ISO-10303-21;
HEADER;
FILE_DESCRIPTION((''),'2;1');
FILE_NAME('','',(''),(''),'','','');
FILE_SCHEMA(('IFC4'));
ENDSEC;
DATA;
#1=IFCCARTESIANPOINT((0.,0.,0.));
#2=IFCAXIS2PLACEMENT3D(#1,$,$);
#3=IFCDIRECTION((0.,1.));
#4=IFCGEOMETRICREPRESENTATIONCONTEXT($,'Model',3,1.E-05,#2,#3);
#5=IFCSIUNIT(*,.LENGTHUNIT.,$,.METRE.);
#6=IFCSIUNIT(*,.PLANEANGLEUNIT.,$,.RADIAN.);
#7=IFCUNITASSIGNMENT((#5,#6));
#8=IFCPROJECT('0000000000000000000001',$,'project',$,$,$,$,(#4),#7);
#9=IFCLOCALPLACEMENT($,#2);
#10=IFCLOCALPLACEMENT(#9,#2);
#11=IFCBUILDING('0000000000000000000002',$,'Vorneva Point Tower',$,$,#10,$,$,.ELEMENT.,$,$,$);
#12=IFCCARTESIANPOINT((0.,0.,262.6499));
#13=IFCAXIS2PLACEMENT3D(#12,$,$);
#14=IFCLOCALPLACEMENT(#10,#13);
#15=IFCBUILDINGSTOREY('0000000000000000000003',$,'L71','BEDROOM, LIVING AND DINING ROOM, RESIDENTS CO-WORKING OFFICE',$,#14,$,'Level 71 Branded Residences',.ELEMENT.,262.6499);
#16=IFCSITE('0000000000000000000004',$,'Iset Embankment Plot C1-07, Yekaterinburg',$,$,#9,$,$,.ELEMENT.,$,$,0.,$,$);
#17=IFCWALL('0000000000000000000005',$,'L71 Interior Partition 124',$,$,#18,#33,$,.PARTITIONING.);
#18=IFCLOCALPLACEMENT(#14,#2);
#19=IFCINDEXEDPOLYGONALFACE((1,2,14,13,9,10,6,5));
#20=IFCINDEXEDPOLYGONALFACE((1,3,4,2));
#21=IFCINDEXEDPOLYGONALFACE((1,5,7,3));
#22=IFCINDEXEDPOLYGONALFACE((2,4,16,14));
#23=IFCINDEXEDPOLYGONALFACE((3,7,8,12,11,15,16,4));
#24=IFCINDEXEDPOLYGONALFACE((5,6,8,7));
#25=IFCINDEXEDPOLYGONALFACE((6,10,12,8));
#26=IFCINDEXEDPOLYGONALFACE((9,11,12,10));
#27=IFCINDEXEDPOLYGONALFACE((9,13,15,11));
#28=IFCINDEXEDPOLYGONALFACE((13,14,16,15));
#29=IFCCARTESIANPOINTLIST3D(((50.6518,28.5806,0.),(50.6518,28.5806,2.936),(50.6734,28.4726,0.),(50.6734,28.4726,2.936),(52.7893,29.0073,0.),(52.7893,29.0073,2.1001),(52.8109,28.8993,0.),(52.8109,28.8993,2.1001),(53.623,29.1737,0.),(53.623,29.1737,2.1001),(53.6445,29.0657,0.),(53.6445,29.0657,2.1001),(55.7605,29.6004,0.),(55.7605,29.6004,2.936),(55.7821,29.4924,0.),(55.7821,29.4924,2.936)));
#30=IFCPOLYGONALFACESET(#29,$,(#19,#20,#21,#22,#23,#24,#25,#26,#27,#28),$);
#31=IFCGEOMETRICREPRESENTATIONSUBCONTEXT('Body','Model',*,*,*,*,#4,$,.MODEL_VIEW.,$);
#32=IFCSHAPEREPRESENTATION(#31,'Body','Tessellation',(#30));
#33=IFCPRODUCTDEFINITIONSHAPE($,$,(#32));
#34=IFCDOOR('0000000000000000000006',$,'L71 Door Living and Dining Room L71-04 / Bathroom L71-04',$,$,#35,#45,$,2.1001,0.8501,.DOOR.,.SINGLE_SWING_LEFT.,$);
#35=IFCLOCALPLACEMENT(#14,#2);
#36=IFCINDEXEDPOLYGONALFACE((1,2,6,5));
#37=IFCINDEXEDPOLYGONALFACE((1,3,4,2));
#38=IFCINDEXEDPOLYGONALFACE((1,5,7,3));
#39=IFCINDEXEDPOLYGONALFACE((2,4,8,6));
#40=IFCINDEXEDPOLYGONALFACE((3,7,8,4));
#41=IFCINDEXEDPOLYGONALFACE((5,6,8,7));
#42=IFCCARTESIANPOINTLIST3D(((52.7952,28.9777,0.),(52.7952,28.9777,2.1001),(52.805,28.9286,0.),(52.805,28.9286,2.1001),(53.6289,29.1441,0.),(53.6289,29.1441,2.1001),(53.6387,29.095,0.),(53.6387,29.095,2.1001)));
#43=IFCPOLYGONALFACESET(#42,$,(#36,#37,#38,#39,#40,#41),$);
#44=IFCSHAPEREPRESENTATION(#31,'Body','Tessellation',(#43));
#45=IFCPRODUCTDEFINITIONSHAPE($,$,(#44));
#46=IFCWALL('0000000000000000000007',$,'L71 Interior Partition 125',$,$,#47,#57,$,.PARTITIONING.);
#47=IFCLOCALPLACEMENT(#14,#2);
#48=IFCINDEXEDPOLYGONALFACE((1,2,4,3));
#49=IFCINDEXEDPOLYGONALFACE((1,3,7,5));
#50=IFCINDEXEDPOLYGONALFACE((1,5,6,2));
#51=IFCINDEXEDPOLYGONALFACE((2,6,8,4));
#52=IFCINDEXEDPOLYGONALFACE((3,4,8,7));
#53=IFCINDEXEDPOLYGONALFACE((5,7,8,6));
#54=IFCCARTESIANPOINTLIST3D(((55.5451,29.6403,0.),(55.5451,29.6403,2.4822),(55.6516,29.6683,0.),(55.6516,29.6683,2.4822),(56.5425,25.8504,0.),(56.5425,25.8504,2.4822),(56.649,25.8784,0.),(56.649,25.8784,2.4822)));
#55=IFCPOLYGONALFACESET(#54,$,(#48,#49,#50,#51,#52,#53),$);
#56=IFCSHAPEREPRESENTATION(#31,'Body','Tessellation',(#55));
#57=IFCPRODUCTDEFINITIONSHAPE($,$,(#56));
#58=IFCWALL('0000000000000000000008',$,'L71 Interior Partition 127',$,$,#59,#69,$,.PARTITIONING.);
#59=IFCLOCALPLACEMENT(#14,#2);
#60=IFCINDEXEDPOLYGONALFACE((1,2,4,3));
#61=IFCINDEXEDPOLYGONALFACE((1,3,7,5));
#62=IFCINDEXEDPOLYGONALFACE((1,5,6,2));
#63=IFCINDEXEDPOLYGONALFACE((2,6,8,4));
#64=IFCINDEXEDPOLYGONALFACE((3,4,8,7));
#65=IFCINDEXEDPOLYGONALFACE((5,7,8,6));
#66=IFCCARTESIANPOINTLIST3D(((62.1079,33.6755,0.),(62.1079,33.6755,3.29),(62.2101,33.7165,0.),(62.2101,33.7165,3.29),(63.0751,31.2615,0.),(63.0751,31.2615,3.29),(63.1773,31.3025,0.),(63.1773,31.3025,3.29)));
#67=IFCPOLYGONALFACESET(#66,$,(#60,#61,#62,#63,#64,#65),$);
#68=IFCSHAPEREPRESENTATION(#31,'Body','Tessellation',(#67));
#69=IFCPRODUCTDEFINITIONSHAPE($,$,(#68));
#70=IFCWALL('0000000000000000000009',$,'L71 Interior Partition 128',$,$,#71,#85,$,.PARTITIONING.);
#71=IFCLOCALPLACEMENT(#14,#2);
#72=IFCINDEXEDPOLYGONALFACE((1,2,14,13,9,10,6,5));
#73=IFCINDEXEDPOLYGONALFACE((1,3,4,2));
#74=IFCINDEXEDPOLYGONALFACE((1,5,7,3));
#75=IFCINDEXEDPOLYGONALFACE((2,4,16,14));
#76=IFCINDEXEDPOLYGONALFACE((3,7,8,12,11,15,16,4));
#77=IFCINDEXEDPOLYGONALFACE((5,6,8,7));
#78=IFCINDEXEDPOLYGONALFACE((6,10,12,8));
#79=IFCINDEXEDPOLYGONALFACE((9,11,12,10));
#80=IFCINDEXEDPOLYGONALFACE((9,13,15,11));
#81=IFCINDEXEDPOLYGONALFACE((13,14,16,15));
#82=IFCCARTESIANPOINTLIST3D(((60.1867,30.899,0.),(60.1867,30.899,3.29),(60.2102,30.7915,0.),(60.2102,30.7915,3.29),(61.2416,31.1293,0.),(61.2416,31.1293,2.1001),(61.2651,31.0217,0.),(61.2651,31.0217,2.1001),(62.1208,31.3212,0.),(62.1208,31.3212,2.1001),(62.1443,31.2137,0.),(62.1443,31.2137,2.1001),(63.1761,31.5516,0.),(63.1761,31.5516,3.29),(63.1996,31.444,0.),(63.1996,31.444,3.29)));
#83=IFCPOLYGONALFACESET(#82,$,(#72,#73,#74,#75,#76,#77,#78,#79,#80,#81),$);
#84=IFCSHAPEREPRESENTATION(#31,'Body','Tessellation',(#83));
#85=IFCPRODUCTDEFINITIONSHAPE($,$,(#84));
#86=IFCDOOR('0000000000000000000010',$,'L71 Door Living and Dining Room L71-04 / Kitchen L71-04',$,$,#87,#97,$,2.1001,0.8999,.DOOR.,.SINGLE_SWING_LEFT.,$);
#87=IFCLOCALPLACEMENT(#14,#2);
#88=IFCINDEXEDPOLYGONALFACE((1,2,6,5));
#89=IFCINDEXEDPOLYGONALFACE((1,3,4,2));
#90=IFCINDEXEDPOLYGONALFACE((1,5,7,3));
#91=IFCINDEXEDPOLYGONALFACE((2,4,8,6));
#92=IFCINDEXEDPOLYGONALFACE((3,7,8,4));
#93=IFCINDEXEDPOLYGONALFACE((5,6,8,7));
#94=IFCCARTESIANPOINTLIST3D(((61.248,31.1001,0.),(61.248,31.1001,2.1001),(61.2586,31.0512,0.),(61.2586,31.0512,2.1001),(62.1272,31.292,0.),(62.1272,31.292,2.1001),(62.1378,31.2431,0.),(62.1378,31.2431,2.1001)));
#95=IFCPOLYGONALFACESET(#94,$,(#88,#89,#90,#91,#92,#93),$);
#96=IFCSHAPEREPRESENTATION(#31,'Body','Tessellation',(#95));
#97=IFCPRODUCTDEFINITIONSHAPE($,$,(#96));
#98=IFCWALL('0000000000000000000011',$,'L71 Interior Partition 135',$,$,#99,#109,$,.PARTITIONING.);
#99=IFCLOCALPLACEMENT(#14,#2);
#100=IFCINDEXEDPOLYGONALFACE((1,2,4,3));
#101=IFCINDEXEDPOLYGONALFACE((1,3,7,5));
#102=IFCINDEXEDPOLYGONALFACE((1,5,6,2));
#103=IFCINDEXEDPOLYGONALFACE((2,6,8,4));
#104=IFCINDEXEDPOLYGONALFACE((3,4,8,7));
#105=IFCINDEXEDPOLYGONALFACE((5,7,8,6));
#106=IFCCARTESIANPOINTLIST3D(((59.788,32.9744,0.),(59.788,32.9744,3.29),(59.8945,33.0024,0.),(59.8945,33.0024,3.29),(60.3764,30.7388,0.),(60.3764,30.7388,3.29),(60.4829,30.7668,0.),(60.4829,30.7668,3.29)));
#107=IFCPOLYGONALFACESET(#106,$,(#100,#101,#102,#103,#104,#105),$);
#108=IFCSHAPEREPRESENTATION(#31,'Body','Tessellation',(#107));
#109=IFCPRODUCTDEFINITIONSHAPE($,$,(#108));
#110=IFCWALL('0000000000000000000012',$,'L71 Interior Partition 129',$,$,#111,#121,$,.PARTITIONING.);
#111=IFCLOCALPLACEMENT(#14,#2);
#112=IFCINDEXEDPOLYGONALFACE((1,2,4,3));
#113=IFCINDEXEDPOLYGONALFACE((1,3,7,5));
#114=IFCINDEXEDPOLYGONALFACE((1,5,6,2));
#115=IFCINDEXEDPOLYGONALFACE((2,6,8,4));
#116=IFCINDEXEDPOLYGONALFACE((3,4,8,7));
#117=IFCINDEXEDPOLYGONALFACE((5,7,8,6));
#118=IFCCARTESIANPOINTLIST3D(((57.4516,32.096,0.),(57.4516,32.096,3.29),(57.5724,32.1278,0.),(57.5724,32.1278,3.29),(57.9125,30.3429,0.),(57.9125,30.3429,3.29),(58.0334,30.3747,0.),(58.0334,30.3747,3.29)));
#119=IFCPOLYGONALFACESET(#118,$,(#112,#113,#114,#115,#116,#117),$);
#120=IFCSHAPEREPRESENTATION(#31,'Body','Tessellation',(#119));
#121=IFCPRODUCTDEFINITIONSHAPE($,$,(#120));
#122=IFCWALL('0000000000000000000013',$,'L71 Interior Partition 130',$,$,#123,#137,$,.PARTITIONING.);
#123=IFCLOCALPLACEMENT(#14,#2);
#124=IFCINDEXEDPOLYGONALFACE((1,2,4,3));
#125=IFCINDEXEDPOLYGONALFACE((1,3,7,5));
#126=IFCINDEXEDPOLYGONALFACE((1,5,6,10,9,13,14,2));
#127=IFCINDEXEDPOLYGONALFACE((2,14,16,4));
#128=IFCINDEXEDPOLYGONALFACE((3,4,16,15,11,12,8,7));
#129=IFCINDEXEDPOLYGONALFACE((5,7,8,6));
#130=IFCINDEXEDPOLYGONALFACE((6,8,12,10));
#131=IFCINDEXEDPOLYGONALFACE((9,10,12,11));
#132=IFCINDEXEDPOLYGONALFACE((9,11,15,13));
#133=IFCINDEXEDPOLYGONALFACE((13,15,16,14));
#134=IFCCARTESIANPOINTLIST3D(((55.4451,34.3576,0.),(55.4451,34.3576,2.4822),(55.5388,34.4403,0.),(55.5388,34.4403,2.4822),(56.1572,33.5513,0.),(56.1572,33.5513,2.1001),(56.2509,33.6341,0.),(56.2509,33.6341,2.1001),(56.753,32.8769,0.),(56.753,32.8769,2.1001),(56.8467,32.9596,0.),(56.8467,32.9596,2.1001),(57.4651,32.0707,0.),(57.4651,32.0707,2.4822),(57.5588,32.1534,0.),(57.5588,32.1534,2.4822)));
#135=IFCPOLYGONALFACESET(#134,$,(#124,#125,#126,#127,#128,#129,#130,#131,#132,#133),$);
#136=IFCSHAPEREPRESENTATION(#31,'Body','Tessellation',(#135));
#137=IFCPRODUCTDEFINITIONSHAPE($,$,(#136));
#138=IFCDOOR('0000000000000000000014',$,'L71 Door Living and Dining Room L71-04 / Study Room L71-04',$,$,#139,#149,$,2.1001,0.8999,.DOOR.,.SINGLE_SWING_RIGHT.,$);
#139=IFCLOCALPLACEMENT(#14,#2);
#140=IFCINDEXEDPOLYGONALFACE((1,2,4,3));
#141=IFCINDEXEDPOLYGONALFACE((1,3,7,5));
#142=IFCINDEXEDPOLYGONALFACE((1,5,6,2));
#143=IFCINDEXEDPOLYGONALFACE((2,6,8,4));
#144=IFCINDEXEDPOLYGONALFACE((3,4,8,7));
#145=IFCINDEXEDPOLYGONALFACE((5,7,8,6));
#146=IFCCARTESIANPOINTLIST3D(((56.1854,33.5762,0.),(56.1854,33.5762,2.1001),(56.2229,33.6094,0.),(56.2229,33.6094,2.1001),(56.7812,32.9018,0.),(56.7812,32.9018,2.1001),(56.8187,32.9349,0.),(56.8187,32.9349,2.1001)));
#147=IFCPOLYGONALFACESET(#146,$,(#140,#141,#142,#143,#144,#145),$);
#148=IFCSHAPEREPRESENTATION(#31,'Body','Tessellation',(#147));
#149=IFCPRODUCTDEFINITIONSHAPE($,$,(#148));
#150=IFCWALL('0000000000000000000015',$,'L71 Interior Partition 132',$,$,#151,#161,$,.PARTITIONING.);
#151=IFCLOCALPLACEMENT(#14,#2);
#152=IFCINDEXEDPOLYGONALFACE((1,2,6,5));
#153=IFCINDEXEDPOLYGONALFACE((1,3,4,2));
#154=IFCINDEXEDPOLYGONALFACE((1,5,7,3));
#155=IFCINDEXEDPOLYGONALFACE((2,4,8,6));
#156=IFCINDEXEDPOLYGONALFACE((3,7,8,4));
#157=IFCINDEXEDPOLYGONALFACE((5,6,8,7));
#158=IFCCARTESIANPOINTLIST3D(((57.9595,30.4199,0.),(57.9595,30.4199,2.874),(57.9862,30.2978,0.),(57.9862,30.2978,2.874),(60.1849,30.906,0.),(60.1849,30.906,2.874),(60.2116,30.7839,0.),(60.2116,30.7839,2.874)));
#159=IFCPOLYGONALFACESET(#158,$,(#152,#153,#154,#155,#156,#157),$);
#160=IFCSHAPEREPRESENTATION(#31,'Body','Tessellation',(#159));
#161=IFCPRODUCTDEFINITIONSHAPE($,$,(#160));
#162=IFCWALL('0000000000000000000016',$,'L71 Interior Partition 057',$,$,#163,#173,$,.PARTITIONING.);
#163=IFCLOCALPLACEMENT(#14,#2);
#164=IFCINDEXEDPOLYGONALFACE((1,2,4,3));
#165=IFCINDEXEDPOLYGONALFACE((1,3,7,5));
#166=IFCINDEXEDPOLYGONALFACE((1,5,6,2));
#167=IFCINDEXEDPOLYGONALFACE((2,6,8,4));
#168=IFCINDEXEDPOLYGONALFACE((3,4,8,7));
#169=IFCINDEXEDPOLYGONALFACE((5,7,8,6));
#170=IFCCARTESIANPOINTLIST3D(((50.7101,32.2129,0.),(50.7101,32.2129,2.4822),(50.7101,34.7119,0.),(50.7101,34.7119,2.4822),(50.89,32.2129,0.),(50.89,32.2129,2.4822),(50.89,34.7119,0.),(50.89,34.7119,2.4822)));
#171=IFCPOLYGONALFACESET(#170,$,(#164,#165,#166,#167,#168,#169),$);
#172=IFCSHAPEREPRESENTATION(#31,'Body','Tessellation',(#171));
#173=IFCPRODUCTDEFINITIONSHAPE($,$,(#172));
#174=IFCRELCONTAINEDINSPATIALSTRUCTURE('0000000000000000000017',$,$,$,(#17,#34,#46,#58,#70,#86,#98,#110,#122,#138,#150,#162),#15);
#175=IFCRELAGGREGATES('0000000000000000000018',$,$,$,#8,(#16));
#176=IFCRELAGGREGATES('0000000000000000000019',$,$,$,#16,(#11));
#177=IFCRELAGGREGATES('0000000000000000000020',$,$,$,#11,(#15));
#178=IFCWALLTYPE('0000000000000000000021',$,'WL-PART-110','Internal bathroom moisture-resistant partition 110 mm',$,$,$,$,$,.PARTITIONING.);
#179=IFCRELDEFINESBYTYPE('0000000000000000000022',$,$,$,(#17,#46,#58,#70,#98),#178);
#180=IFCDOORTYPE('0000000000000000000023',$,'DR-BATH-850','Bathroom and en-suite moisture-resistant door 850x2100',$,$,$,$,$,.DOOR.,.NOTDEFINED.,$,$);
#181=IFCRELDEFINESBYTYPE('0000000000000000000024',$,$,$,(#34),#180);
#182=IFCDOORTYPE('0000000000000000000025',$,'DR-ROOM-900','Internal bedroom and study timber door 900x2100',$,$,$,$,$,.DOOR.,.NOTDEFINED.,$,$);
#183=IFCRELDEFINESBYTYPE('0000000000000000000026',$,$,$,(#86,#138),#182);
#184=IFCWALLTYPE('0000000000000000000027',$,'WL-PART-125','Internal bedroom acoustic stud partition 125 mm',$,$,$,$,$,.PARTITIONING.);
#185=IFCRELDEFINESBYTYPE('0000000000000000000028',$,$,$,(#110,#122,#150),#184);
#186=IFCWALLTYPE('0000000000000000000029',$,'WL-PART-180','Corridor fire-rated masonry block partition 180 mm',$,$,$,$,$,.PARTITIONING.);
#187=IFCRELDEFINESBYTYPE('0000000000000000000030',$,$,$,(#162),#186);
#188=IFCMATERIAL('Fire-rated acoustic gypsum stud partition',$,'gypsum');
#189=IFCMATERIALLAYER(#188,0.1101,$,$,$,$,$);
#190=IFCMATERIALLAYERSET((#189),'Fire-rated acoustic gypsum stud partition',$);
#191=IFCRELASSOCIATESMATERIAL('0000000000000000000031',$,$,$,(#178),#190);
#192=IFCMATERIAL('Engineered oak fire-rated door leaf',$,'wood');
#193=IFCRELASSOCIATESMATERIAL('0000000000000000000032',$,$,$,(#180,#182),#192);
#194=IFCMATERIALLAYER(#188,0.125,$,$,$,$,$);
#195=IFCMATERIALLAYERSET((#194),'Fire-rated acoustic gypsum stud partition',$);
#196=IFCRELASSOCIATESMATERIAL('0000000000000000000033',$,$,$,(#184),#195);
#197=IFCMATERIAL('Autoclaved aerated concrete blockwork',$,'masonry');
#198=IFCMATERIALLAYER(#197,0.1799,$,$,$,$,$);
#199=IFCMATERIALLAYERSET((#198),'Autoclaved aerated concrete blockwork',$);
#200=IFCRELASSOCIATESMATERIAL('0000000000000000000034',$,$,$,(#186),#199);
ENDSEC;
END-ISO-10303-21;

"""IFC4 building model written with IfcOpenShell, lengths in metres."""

from ifc_helpers import new_model, si_unit, direction, frame, frame_2d, origin, place, context, subcontext, project, spatial, rectangle, extrude, material, layer, layer_set, type_object, element, fill, save


model = new_model("IFC4")

# Units and contexts
model_context = context("Model", 3, precision=1e-05, world=origin(), true_north=direction((0.0, 1.0)))
body_context = subcontext(model_context, "Body", "Model", "MODEL_VIEW")
ifc_project = project(units=[si_unit("LENGTHUNIT", "METRE"), si_unit("PLANEANGLEUNIT", "RADIAN")], contexts=[model_context])

# Site, building, storey
site_placement = place(None, origin())
site = spatial("IfcSite", under=ifc_project, at=site_placement, Name="Iset Embankment Plot C1-07, Yekaterinburg", CompositionType="ELEMENT", RefElevation=0.0)
building_placement = place(site_placement, origin())
building = spatial("IfcBuilding", under=site, at=building_placement, Name="Vorneva Point Tower", CompositionType="ELEMENT")
storey_placement = place(building_placement, frame((0.0, 0.0, 262.6499)))
storey = spatial("IfcBuildingStorey", under=building, at=storey_placement, Name="L71", Description="BEDROOM, LIVING AND DINING ROOM, RESIDENTS CO-WORKING OFFICE", LongName="Level 71 Branded Residences", CompositionType="ELEMENT", Elevation=262.6499)

# Wall, opening, door
ifc_material_1 = material(Name="Fire-rated acoustic gypsum stud partition", Category="gypsum")
ifc_layer_1 = layer(ifc_material_1, 0.1101)
ifc_layer_set_1 = layer_set([ifc_layer_1], Name="Fire-rated acoustic gypsum stud partition")
wall_type_1 = type_object("IfcWallType", Name="WL-PART-110", Description="Internal bathroom moisture-resistant partition 110 mm", PredefinedType="PARTITIONING", material=ifc_layer_set_1)
wall_1_placement = place(storey_placement, frame((50.6626, 28.5266, 0.0), z_axis=(0.0, 0.0, 1.0), x_axis=(0.980653, 0.195756, 0.0)))
wall_1 = element("IfcWall", 1, at=wall_1_placement, inside=storey, type_object=wall_type_1, Name="L71 Interior Partition 124", PredefinedType="PARTITIONING", context=body_context, shape_type="SweptSolid", body=[
    extrude(rectangle(XDim=5.2095, YDim=0.1101, at=frame_2d((2.6047, 0.0))), origin(), (0.0, 0.0, 1.0), 2.936),
])
opening_1_placement = place(wall_1_placement, frame((2.1797, 0.0, 0.0)))
opening_1 = element("IfcOpeningElement", 2, at=opening_1_placement, cuts=wall_1, PredefinedType="OPENING", context=body_context, shape_type="SweptSolid", body=[
    extrude(rectangle(XDim=0.8501, YDim=2.1001, at=frame_2d((0.425, 1.05))), frame((0.0, 0.0698, 0.0), z_axis=(0.0, -1.0, 0.0), x_axis=(1.0, 0.0, 0.0)), (0.0, 0.0, 1.0), 0.1399),
])
ifc_material_2 = material(Name="Engineered oak fire-rated door leaf", Category="wood")
door_type_1 = type_object("IfcDoorType", Name="DR-BATH-850", Description="Bathroom and en-suite moisture-resistant door 850x2100", OperationType="NOTDEFINED", PredefinedType="DOOR", material=ifc_material_2)
door_1_placement = place(opening_1_placement, origin())
door_1 = element("IfcDoor", 3, at=door_1_placement, inside=storey, type_object=door_type_1, Name="L71 Door Living and Dining Room L71-04 / Bathroom L71-04", OperationType="SINGLE_SWING_LEFT", OverallHeight=2.1001, OverallWidth=0.8501, PredefinedType="DOOR", context=body_context, shape_type="SweptSolid", body=[
    extrude(rectangle(XDim=0.8501, YDim=2.1001, at=frame_2d((0.425, 1.05))), frame((0.0, 0.0249, 0.0), z_axis=(0.0, -1.0, 0.0), x_axis=(1.0, 0.0, 0.0)), (0.0, 0.0, 1.0), 0.05),
])
fill(opening_1, door_1)

# Walls
wall_2_placement = place(storey_placement, frame((55.5984, 29.6543, 0.0), z_axis=(0.0, 0.0, 1.0), x_axis=(0.254493, -0.967075, 0.0)))
element("IfcWall", 4, at=wall_2_placement, inside=storey, type_object=wall_type_1, Name="L71 Interior Partition 125", PredefinedType="PARTITIONING", context=body_context, shape_type="SweptSolid", body=[
    extrude(rectangle(XDim=3.9189, YDim=0.1101, at=frame_2d((1.9595, 0.0))), origin(), (0.0, 0.0, 1.0), 2.4822),
])
wall_3_placement = place(storey_placement, frame((63.1262, 31.282, 0.0), z_axis=(0.0, 0.0, 1.0), x_axis=(-0.371941, 0.928256, 0.0)))
element("IfcWall", 5, at=wall_3_placement, inside=storey, type_object=wall_type_1, Name="L71 Interior Partition 127", PredefinedType="PARTITIONING", context=body_context, shape_type="SweptSolid", body=[
    extrude(rectangle(XDim=2.6006, YDim=0.1101, at=frame_2d((1.3003, 0.0))), origin(), (0.0, 0.0, 1.0), 3.29),
])

# Wall, opening, door
wall_4_placement = place(storey_placement, frame((63.1877, 31.4978, 0.0), z_axis=(0.0, 0.0, 1.0), x_axis=(-0.976993, -0.213271, 0.0)))
wall_4 = element("IfcWall", 6, at=wall_4_placement, inside=storey, type_object=wall_type_1, Name="L71 Interior Partition 128", PredefinedType="PARTITIONING", context=body_context, shape_type="SweptSolid", body=[
    extrude(rectangle(XDim=3.0598, YDim=0.1101, at=frame_2d((1.5298, 0.0))), origin(), (0.0, 0.0, 1.0), 3.29),
])
opening_2_placement = place(wall_4_placement, frame((1.0801, 0.0, 0.0)))
opening_2 = element("IfcOpeningElement", 7, at=opening_2_placement, cuts=wall_4, PredefinedType="OPENING", context=body_context, shape_type="SweptSolid", body=[
    extrude(rectangle(XDim=0.8999, YDim=2.1001, at=frame_2d((0.45, 1.05))), frame((0.0, 0.0698, 0.0), z_axis=(0.0, -1.0, 0.0), x_axis=(1.0, 0.0, 0.0)), (0.0, 0.0, 1.0), 0.1399),
])
door_type_2 = type_object("IfcDoorType", Name="DR-ROOM-900", Description="Internal bedroom and study timber door 900x2100", OperationType="NOTDEFINED", PredefinedType="DOOR", material=ifc_material_2)
door_2_placement = place(opening_2_placement, origin())
door_2 = element("IfcDoor", 8, at=door_2_placement, inside=storey, type_object=door_type_2, Name="L71 Door Living and Dining Room L71-04 / Kitchen L71-04", OperationType="SINGLE_SWING_LEFT", OverallHeight=2.1001, OverallWidth=0.8999, PredefinedType="DOOR", context=body_context, shape_type="SweptSolid", body=[
    extrude(rectangle(XDim=0.8999, YDim=2.1001, at=frame_2d((0.45, 1.05))), frame((0.0, 0.0249, 0.0), z_axis=(0.0, -1.0, 0.0), x_axis=(1.0, 0.0, 0.0)), (0.0, 0.0, 1.0), 0.05),
])
fill(opening_2, door_2)

# Walls
wall_5_placement = place(storey_placement, frame((59.8413, 32.9883, 0.0), z_axis=(0.0, 0.0, 1.0), x_axis=(0.254519, -0.967068, 0.0)))
element("IfcWall", 9, at=wall_5_placement, inside=storey, type_object=wall_type_1, Name="L71 Interior Partition 135", PredefinedType="PARTITIONING", context=body_context, shape_type="SweptSolid", body=[
    extrude(rectangle(XDim=2.3118, YDim=0.1101, at=frame_2d((1.1558, 0.0))), origin(), (0.0, 0.0, 1.0), 3.29),
])
ifc_layer_2 = layer(ifc_material_1, 0.125)
ifc_layer_set_2 = layer_set([ifc_layer_2], Name="Fire-rated acoustic gypsum stud partition")
wall_type_2 = type_object("IfcWallType", Name="WL-PART-125", Description="Internal bedroom acoustic stud partition 125 mm", PredefinedType="PARTITIONING", material=ifc_layer_set_2)
wall_6_placement = place(storey_placement, frame((57.9729, 30.3589, 0.0), z_axis=(0.0, 0.0, 1.0), x_axis=(-0.254275, 0.967132, 0.0)))
element("IfcWall", 10, at=wall_6_placement, inside=storey, type_object=wall_type_2, Name="L71 Interior Partition 129", PredefinedType="PARTITIONING", context=body_context, shape_type="SweptSolid", body=[
    extrude(rectangle(XDim=1.8127, YDim=0.125, at=frame_2d((0.9062, 0.0))), origin(), (0.0, 0.0, 1.0), 3.29),
])

# Wall, opening, door
wall_7_placement = place(storey_placement, frame((57.512, 32.1121, 0.0), z_axis=(0.0, 0.0, 1.0), x_axis=(-0.662026, 0.74948, 0.0)))
wall_7 = element("IfcWall", 11, at=wall_7_placement, inside=storey, type_object=wall_type_2, Name="L71 Interior Partition 130", PredefinedType="PARTITIONING", context=body_context, shape_type="SweptSolid", body=[
    extrude(rectangle(XDim=3.0513, YDim=0.125, at=frame_2d((1.5256, 0.0))), origin(), (0.0, 0.0, 1.0), 2.4822),
])
opening_3_placement = place(wall_7_placement, frame((1.0757, 0.0, 0.0)))
opening_3 = element("IfcOpeningElement", 12, at=opening_3_placement, cuts=wall_7, PredefinedType="OPENING", context=body_context, shape_type="SweptSolid", body=[
    extrude(rectangle(XDim=0.8999, YDim=2.1001, at=frame_2d((0.45, 1.05))), frame((0.0, 0.0774, 0.0), z_axis=(0.0, -1.0, 0.0), x_axis=(1.0, 0.0, 0.0)), (0.0, 0.0, 1.0), 0.1548),
])
door_3_placement = place(opening_3_placement, origin())
door_3 = element("IfcDoor", 13, at=door_3_placement, inside=storey, type_object=door_type_2, Name="L71 Door Living and Dining Room L71-04 / Study Room L71-04", OperationType="SINGLE_SWING_RIGHT", OverallHeight=2.1001, OverallWidth=0.8999, PredefinedType="DOOR", context=body_context, shape_type="SweptSolid", body=[
    extrude(rectangle(XDim=0.8999, YDim=2.1001, at=frame_2d((0.45, 1.05))), frame((0.0, 0.0249, 0.0), z_axis=(0.0, -1.0, 0.0), x_axis=(1.0, 0.0, 0.0)), (0.0, 0.0, 1.0), 0.05),
])
fill(opening_3, door_3)

# Wall
wall_8_placement = place(storey_placement, frame((60.1982, 30.845, 0.0), z_axis=(0.0, 0.0, 1.0), x_axis=(-0.976965, -0.2134, 0.0)))
element("IfcWall", 14, at=wall_8_placement, inside=storey, type_object=wall_type_2, Name="L71 Interior Partition 132", PredefinedType="PARTITIONING", context=body_context, shape_type="SweptSolid", body=[
    extrude(rectangle(XDim=2.2778, YDim=0.125, at=frame_2d((1.1389, 0.0))), origin(), (0.0, 0.0, 1.0), 2.874),
])

# Shared definitions
ifc_material_3 = material(Name="Autoclaved aerated concrete blockwork", Category="masonry")
ifc_layer_3 = layer(ifc_material_3, 0.1799)
ifc_layer_set_3 = layer_set([ifc_layer_3], Name="Autoclaved aerated concrete blockwork")
wall_type_3 = type_object("IfcWallType", Name="WL-PART-180", Description="Corridor fire-rated masonry block partition 180 mm", PredefinedType="PARTITIONING", material=ifc_layer_set_3)

# Wall
wall_9_placement = place(storey_placement, frame((50.8, 32.2129, 0.0), z_axis=(0.0, 0.0, 1.0), x_axis=(0.0, 1.0, 0.0)))
element("IfcWall", 15, at=wall_9_placement, inside=storey, type_object=wall_type_3, Name="L71 Interior Partition 057", PredefinedType="PARTITIONING", context=body_context, shape_type="SweptSolid", body=[
    extrude(rectangle(XDim=2.499, YDim=0.1799, at=frame_2d((1.2495, 0.0))), origin(), (0.0, 0.0, 1.0), 2.4822),
])

save(model, "model.ifc")
